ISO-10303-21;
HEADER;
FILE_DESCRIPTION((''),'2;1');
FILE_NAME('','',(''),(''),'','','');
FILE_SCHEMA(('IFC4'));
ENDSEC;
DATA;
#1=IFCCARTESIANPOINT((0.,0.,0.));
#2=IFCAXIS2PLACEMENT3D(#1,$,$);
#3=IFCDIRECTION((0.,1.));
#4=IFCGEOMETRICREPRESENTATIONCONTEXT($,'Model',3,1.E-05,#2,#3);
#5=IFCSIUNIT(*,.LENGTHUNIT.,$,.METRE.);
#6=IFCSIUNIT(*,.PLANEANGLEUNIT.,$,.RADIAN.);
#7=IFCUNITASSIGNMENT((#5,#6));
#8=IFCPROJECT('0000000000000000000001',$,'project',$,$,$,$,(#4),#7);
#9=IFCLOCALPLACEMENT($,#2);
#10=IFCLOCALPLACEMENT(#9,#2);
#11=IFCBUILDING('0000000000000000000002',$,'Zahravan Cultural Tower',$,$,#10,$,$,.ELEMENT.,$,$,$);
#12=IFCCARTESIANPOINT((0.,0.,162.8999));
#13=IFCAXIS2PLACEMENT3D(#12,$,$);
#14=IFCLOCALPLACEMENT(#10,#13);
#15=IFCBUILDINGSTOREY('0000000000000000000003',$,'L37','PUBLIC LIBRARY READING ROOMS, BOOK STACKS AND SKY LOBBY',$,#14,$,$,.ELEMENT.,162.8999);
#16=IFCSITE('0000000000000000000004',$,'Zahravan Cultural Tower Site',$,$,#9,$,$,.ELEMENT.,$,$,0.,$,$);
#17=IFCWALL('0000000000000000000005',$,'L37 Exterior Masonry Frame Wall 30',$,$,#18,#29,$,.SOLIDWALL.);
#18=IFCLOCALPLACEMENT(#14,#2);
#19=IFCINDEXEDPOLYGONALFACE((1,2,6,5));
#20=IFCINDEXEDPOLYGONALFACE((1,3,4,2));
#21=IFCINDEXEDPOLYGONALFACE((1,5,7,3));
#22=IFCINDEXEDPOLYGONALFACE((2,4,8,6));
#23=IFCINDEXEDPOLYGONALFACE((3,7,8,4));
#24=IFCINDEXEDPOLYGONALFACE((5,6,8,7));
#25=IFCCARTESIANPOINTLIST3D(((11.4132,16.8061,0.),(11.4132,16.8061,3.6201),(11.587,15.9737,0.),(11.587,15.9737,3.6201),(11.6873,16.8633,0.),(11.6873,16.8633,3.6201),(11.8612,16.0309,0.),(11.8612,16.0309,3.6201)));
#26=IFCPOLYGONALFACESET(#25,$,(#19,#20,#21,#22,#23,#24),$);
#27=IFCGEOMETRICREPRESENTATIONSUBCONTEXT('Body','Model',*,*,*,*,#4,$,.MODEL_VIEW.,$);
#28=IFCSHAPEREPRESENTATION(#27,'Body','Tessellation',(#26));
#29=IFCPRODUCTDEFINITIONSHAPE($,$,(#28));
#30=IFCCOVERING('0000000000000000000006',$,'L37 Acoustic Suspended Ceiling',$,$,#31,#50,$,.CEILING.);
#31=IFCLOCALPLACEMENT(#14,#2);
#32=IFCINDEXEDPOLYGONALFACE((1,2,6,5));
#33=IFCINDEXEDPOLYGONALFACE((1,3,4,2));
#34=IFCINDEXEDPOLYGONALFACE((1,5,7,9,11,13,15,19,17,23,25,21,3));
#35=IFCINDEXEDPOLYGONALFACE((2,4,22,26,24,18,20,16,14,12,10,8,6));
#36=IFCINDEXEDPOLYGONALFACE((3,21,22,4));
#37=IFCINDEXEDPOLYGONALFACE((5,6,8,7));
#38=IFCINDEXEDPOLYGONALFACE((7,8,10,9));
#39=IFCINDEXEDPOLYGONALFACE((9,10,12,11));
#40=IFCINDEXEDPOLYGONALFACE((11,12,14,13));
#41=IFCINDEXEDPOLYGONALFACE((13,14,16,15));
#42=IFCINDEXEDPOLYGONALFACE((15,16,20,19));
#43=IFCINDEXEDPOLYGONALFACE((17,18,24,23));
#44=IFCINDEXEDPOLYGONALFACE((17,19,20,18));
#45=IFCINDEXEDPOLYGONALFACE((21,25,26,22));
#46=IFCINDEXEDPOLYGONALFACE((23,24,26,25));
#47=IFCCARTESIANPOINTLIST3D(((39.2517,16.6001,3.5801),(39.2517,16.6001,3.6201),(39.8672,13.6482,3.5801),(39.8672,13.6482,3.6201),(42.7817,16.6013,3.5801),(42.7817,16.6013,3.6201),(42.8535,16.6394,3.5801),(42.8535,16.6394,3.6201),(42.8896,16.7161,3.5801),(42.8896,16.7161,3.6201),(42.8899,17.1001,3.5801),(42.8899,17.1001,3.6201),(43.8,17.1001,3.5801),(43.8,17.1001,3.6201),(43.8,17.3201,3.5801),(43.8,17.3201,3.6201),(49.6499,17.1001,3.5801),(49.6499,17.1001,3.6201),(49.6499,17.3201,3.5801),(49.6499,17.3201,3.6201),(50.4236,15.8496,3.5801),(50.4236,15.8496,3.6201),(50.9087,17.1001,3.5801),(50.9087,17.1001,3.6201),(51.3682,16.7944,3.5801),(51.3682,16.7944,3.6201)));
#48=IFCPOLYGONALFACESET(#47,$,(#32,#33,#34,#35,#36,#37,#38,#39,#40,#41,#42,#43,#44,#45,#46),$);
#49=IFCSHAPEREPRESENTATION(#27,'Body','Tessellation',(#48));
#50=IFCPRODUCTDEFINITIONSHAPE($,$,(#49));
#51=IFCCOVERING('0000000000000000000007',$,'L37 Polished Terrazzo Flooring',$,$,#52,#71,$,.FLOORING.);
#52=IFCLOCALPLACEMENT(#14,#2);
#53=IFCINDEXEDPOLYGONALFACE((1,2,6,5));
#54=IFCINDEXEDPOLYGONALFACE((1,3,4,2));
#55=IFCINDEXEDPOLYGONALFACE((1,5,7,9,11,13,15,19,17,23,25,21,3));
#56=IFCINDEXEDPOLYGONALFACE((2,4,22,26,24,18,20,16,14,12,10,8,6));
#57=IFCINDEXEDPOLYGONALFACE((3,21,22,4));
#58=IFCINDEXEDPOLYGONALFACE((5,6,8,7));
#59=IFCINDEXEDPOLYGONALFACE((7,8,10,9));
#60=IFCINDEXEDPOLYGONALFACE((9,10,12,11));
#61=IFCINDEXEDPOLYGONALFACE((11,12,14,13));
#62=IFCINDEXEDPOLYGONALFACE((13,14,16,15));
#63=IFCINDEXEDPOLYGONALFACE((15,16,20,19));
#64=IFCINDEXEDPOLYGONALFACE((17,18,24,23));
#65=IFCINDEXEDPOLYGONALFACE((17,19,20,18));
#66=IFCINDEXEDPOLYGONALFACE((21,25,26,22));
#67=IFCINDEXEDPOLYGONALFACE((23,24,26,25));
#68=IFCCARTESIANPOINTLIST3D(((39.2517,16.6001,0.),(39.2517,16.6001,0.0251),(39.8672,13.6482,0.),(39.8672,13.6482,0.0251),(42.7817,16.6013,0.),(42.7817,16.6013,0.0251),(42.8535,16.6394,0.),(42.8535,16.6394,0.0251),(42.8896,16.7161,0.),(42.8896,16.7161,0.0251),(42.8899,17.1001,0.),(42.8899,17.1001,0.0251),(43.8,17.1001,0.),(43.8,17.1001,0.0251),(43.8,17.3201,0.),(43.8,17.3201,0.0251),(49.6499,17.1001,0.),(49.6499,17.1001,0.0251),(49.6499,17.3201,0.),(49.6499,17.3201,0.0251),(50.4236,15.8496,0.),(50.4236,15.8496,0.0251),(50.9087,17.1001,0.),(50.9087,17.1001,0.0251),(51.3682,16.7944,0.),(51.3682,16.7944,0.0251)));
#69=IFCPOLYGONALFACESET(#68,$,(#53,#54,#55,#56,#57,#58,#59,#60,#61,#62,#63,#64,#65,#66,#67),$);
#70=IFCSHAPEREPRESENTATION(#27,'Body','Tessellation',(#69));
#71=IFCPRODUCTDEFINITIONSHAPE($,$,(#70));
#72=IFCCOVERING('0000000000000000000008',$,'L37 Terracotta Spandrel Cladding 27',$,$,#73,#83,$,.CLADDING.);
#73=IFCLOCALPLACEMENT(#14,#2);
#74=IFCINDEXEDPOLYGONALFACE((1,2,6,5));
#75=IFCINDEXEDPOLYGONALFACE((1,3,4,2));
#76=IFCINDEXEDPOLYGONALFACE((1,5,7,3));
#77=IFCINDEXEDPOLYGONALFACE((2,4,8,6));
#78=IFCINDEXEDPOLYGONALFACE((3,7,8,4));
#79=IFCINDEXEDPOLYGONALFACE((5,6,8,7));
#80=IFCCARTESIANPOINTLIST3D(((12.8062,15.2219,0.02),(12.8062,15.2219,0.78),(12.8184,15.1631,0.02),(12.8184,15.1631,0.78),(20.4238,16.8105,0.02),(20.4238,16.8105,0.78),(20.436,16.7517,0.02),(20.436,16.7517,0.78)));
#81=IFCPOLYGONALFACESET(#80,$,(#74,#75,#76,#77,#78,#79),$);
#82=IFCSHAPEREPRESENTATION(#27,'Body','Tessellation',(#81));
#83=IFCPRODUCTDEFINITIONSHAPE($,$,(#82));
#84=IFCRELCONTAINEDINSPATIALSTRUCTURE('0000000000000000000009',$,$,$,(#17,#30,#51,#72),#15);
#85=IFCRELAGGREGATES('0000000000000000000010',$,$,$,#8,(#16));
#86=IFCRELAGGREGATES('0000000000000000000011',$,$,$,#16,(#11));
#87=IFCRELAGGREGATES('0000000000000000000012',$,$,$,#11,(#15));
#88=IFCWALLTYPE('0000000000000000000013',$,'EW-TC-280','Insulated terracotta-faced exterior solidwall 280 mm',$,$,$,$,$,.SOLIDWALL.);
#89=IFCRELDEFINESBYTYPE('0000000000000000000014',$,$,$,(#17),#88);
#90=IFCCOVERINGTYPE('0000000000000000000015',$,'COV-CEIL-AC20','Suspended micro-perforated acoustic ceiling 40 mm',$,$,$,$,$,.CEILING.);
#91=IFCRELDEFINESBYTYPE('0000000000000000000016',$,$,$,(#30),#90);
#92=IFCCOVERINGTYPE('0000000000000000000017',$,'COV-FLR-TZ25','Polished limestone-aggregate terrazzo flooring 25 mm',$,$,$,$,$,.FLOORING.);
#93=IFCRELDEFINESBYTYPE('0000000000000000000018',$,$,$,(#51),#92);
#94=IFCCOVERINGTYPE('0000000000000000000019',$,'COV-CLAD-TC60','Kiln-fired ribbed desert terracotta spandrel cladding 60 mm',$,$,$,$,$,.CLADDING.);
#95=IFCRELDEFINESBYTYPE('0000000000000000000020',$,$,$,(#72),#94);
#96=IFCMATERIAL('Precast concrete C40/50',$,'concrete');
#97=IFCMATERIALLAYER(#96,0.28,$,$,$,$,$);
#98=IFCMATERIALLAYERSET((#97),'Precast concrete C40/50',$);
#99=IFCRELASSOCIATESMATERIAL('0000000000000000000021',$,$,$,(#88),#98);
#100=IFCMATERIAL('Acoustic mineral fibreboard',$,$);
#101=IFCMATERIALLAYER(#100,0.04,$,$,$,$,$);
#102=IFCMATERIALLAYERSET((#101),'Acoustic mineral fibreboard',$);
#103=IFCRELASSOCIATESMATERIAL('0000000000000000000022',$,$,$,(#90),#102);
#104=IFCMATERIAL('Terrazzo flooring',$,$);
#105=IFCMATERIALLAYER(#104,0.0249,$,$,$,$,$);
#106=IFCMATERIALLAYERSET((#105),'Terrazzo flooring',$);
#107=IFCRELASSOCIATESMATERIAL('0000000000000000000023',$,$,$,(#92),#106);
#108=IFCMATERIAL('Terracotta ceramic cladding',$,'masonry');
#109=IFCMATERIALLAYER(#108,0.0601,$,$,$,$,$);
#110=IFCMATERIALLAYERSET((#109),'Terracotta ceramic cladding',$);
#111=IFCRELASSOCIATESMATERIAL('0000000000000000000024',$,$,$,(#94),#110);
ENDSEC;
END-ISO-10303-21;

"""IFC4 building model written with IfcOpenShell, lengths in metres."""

from ifc_helpers import new_model, si_unit, direction, frame, frame_2d, origin, origin_2d, place, context, subcontext, project, spatial, polyline, rectangle, outline, extrude, source, transform, mapped, material, layer, layer_set, type_object, element, save


model = new_model("IFC4")

# Units and contexts
model_context = context("Model", 3, precision=1e-05, world=origin(), true_north=direction((0.0, 1.0)))
body_context = subcontext(model_context, "Body", "Model", "MODEL_VIEW")
ifc_project = project(units=[si_unit("LENGTHUNIT", "METRE"), si_unit("PLANEANGLEUNIT", "RADIAN")], contexts=[model_context])

# Site, building, storey
site_placement = place(None, origin())
site = spatial("IfcSite", under=ifc_project, at=site_placement, Name="Zahravan Cultural Tower Site", CompositionType="ELEMENT", RefElevation=0.0)
building_placement = place(site_placement, origin())
building = spatial("IfcBuilding", under=site, at=building_placement, Name="Zahravan Cultural Tower", CompositionType="ELEMENT")
storey_placement = place(building_placement, frame((0.0, 0.0, 162.8999)))
storey = spatial("IfcBuildingStorey", under=building, at=storey_placement, Name="L37", Description="PUBLIC LIBRARY READING ROOMS, BOOK STACKS AND SKY LOBBY", CompositionType="ELEMENT", Elevation=162.8999)

# Shared definitions
ifc_material_1 = material(Name="Precast concrete C40/50", Category="concrete")
ifc_layer_1 = layer(ifc_material_1, 0.28)
ifc_layer_set_1 = layer_set([ifc_layer_1], Name="Precast concrete C40/50")
wall_type_1 = type_object("IfcWallType", Name="EW-TC-280", Description="Insulated terracotta-faced exterior solidwall 280 mm", PredefinedType="SOLIDWALL", material=ifc_layer_set_1)

# Wall
shared_shape_1 = source(origin(), body_context, "Body", "SweptSolid", [
    extrude(rectangle(XDim=0.8503, YDim=0.28, at=frame_2d((0.4253, 0.0))), origin(), (0.0, 0.0, 1.0), 3.6201),
])
wall_1_placement = place(storey_placement, frame((11.7241, 16.0022, 0.0), z_axis=(0.0, 0.0, 1.0), x_axis=(-0.204447, 0.978878, 0.0)))
element("IfcWall", 1, at=wall_1_placement, inside=storey, type_object=wall_type_1, Name="L37 Exterior Masonry Frame Wall 30", PredefinedType="SOLIDWALL", context=body_context, shape_type="MappedRepresentation", body=[
    mapped(shared_shape_1, transform((0.0, 0.0, 0.0), x_axis=(1.0, 0.0, 0.0), y_axis=(0.0, 1.0, 0.0), z_axis=(0.0, 0.0, 1.0), scale=1.0)),
])

# Coverings
ifc_material_2 = material(Name="Acoustic mineral fibreboard")
ifc_layer_2 = layer(ifc_material_2, 0.04)
ifc_layer_set_2 = layer_set([ifc_layer_2], Name="Acoustic mineral fibreboard")
covering_type_1 = type_object("IfcCoveringType", Name="COV-CEIL-AC20", Description="Suspended micro-perforated acoustic ceiling 40 mm", PredefinedType="CEILING", material=ifc_layer_set_2)
covering_1_placement = place(storey_placement, frame((0.0, 0.0, 3.5801)))
element("IfcCovering", 2, at=covering_1_placement, inside=storey, type_object=covering_type_1, Name="L37 Acoustic Suspended Ceiling", PredefinedType="CEILING", context=body_context, shape_type="SweptSolid", body=[
    extrude(outline(polyline([(50.4236, 15.8496), (51.3682, 16.7944), (50.9087, 17.1001), (49.6499, 17.1001), (49.6499, 17.3201), (43.8, 17.3201), (43.8, 17.1001), (42.8899, 17.1001), (42.8896, 16.7161), (42.8535, 16.6394), (42.7817, 16.6013), (39.2517, 16.6001), (39.8672, 13.6482), (50.4236, 15.8496)])), origin(), (0.0, 0.0, 1.0), 0.04),
])
ifc_material_3 = material(Name="Terrazzo flooring")
ifc_layer_3 = layer(ifc_material_3, 0.0249)
ifc_layer_set_3 = layer_set([ifc_layer_3], Name="Terrazzo flooring")
covering_type_2 = type_object("IfcCoveringType", Name="COV-FLR-TZ25", Description="Polished limestone-aggregate terrazzo flooring 25 mm", PredefinedType="FLOORING", material=ifc_layer_set_3)
covering_2_placement = place(storey_placement, origin())
element("IfcCovering", 3, at=covering_2_placement, inside=storey, type_object=covering_type_2, Name="L37 Polished Terrazzo Flooring", PredefinedType="FLOORING", context=body_context, shape_type="SweptSolid", body=[
    extrude(outline(polyline([(50.4236, 15.8496), (51.3682, 16.7944), (50.9087, 17.1001), (49.6499, 17.1001), (49.6499, 17.3201), (43.8, 17.3201), (43.8, 17.1001), (42.8899, 17.1001), (42.8896, 16.7161), (42.8535, 16.6394), (42.7817, 16.6013), (39.2517, 16.6001), (39.8672, 13.6482), (50.4236, 15.8496)])), origin(), (0.0, 0.0, 1.0), 0.0251),
])
ifc_material_4 = material(Name="Terracotta ceramic cladding", Category="masonry")
ifc_layer_4 = layer(ifc_material_4, 0.0601)
ifc_layer_set_4 = layer_set([ifc_layer_4], Name="Terracotta ceramic cladding")
covering_type_3 = type_object("IfcCoveringType", Name="COV-CLAD-TC60", Description="Kiln-fired ribbed desert terracotta spandrel cladding 60 mm", PredefinedType="CLADDING", material=ifc_layer_set_4)
shared_shape_2 = source(origin(), body_context, "Body", "SweptSolid", [
    extrude(rectangle(XDim=7.7815, YDim=0.0601, at=origin_2d()), origin(), (0.0, 0.0, 1.0), 0.76),
])
covering_3_placement = place(storey_placement, frame((16.6211, 15.9868, 0.02), z_axis=(0.0, 0.0, 1.0), x_axis=(-0.978939, -0.204154, 0.0)))
element("IfcCovering", 4, at=covering_3_placement, inside=storey, type_object=covering_type_3, Name="L37 Terracotta Spandrel Cladding 27", PredefinedType="CLADDING", context=body_context, shape_type="MappedRepresentation", body=[
    mapped(shared_shape_2, transform((0.0, 0.0, 0.0), x_axis=(1.0, 0.0, 0.0), y_axis=(0.0, 1.0, 0.0), z_axis=(0.0, 0.0, 1.0), scale=1.0)),
])

save(model, "model.ifc")
